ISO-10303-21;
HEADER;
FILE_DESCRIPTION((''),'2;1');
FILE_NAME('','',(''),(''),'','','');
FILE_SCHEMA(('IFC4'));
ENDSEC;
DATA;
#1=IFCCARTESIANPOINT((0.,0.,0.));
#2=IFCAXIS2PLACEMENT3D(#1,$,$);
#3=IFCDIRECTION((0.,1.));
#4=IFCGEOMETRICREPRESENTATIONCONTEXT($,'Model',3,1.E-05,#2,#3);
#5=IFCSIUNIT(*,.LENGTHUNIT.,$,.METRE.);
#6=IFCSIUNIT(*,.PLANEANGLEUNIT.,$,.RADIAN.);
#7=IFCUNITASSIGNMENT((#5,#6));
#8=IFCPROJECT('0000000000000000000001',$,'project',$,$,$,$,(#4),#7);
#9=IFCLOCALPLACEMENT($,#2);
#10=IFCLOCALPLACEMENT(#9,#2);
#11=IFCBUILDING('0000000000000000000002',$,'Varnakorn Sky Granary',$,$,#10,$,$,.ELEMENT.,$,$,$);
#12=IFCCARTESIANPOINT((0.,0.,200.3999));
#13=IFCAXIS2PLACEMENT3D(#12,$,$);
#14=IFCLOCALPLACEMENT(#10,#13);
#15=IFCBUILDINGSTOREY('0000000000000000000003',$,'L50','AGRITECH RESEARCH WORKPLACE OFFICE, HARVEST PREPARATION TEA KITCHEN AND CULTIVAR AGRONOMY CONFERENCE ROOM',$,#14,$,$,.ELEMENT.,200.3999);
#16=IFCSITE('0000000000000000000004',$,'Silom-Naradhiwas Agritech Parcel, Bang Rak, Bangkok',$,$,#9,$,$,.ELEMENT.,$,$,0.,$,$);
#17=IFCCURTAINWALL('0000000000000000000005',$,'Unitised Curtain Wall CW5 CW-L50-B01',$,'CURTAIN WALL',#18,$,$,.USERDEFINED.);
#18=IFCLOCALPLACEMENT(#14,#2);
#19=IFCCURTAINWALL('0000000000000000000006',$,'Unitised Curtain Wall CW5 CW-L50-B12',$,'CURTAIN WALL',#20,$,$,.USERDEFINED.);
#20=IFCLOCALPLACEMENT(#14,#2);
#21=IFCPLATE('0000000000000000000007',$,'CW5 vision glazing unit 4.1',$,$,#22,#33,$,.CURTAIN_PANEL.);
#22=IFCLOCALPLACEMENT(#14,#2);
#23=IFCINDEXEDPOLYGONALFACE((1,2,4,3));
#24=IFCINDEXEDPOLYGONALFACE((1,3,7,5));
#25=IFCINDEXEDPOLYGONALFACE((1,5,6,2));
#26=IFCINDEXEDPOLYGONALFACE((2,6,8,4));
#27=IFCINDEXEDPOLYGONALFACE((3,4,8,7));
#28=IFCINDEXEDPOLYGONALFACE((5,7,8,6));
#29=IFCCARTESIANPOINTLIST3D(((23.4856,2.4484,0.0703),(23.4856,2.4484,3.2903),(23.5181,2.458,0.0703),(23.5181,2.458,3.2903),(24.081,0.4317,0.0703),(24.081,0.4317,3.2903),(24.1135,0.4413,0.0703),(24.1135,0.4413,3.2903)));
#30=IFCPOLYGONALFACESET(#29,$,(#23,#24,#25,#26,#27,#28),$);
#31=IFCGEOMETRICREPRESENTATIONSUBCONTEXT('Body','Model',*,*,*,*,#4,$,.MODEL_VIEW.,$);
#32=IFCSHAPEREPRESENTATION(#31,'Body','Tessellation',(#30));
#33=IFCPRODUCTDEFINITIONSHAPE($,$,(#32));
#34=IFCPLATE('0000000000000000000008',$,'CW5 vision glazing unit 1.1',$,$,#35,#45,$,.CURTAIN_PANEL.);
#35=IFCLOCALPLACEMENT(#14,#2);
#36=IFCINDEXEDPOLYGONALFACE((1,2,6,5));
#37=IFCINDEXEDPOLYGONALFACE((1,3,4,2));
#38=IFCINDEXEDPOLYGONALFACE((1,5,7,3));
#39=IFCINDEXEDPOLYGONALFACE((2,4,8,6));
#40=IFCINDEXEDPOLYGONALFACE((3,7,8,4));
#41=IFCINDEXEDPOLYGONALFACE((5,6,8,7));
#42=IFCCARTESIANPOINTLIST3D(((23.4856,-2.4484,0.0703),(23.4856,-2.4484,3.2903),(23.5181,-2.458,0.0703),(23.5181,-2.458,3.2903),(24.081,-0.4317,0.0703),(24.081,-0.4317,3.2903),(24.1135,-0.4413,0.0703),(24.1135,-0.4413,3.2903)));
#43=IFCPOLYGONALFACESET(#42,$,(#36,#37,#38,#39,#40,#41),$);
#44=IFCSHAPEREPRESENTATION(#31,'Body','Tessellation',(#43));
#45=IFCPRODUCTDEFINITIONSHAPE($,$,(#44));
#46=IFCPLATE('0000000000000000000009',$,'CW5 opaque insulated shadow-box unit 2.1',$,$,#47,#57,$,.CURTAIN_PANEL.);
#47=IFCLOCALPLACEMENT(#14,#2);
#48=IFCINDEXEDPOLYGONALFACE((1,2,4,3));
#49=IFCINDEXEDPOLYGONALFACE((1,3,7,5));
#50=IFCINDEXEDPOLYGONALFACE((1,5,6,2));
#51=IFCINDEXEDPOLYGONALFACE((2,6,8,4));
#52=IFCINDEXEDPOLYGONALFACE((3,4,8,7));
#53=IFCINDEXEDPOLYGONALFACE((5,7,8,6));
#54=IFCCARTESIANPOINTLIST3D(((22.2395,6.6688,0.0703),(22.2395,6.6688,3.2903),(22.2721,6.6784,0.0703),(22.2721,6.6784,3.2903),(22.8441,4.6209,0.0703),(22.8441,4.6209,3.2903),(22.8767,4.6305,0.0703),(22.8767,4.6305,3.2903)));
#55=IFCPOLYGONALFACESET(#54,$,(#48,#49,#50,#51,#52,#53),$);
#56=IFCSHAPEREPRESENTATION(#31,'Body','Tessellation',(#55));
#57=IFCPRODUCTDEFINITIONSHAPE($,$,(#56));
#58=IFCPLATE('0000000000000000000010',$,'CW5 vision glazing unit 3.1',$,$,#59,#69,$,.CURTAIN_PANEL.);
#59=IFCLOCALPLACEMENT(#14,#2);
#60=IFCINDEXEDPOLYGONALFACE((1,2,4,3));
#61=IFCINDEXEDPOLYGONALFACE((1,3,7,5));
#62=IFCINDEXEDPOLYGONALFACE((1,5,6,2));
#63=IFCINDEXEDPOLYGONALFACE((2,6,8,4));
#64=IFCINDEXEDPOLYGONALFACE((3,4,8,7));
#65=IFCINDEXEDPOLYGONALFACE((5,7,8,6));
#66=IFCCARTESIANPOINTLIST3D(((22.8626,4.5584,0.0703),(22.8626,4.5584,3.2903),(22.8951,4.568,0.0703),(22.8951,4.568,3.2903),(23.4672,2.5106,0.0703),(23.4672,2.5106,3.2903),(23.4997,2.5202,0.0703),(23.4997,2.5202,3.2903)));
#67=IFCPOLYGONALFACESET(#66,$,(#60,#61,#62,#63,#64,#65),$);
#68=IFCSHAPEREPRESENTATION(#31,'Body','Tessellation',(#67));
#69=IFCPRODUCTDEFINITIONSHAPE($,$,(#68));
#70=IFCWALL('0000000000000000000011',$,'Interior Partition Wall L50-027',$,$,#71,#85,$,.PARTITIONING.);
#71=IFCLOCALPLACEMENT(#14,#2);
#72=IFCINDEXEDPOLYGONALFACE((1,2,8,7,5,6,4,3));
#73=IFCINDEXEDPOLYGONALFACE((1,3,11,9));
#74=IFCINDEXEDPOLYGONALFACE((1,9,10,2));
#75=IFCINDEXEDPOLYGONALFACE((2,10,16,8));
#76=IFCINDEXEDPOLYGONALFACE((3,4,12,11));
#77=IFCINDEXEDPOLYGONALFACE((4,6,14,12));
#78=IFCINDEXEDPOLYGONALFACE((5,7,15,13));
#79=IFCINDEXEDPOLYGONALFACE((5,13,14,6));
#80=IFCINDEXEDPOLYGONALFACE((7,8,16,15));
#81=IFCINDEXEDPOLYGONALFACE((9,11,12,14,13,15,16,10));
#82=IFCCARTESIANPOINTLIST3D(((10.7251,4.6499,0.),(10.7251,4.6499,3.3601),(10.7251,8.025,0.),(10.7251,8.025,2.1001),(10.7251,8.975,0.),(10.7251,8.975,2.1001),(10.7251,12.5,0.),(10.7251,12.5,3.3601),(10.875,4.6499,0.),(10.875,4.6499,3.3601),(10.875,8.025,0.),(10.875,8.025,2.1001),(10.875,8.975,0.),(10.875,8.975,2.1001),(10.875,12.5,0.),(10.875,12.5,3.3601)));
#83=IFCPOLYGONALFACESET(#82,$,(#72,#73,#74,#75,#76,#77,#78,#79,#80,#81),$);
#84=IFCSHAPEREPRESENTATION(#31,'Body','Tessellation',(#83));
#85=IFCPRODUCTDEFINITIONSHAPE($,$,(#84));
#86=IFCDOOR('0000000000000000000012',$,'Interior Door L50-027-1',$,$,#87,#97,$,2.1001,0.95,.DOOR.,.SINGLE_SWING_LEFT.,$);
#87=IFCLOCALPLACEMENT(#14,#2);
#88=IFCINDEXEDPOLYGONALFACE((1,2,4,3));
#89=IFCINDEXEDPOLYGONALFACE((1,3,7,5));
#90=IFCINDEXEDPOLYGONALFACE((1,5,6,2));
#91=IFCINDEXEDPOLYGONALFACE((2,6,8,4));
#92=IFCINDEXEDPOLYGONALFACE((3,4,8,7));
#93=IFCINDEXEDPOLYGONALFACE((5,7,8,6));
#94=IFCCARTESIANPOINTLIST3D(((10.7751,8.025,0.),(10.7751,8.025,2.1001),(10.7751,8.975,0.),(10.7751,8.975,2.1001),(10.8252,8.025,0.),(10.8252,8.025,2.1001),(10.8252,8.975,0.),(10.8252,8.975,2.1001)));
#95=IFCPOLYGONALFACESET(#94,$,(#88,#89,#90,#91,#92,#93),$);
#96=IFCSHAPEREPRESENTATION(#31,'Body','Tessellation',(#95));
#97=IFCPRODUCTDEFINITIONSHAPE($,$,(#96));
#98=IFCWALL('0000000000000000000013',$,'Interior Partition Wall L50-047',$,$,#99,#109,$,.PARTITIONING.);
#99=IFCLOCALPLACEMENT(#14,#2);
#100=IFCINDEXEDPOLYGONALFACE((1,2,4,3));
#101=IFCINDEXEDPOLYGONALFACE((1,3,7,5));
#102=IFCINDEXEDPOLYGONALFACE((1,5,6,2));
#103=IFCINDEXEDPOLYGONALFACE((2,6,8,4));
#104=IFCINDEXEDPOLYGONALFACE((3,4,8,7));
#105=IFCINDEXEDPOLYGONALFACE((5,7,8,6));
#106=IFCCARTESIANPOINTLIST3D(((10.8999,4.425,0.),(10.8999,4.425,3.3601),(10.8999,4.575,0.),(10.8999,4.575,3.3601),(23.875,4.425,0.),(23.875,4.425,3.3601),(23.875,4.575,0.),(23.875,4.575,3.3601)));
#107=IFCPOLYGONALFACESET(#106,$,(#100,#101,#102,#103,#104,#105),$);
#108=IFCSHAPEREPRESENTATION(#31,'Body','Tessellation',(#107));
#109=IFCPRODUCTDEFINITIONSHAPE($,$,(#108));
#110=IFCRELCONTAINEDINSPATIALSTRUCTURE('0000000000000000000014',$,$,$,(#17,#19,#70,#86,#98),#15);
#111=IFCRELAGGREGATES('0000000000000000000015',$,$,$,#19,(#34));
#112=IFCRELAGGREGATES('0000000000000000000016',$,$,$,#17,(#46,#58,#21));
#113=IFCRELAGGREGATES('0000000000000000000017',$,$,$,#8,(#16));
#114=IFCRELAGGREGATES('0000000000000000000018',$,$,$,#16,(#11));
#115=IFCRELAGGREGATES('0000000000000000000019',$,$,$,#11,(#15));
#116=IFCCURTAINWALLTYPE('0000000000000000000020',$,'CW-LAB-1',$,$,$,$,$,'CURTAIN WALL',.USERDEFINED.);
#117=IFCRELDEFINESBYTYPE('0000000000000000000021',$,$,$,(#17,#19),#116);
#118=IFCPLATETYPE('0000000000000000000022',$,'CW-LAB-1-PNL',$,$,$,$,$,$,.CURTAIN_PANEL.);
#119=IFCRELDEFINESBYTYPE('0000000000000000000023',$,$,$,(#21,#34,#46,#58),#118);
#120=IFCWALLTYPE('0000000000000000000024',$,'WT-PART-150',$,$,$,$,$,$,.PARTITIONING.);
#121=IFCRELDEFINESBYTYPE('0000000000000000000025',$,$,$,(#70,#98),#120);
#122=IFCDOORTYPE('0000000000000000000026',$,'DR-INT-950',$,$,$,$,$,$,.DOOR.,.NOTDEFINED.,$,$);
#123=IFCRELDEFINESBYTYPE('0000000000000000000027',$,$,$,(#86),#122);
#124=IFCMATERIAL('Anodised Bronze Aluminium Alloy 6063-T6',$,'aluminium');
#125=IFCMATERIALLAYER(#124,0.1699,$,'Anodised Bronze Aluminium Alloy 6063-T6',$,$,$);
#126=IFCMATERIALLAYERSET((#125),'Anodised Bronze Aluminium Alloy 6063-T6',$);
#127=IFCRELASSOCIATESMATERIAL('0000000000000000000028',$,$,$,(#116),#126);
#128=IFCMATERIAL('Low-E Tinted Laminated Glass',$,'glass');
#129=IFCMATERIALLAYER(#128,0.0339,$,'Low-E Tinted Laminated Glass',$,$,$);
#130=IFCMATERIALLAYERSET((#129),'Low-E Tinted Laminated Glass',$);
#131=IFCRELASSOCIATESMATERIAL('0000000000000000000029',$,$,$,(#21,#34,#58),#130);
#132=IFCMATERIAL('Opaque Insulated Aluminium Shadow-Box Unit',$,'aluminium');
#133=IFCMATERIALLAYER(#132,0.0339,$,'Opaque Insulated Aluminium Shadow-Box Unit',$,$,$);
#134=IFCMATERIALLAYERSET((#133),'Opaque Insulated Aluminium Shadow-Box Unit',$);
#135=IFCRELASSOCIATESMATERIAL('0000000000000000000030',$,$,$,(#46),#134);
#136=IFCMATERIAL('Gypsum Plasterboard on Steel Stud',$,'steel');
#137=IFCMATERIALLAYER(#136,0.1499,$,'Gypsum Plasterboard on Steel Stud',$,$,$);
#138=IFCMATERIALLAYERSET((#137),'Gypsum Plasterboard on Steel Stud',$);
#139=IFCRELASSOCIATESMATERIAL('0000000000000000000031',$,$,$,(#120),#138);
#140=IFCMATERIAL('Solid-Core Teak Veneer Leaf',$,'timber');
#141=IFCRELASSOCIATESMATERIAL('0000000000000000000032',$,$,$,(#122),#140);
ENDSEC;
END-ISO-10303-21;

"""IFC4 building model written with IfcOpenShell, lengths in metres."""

from ifc_helpers import new_model, si_unit, direction, frame, frame_2d, origin, origin_2d, place, context, subcontext, project, spatial, rectangle, extrude, source, transform, mapped, material, layer, layer_set, type_object, type_shapes, element, fill, aggregate, save


model = new_model("IFC4")

# Units and contexts
model_context = context("Model", 3, precision=1e-05, world=origin(), true_north=direction((0.0, 1.0)))
body_context = subcontext(model_context, "Body", "Model", "MODEL_VIEW")
ifc_project = project(units=[si_unit("LENGTHUNIT", "METRE"), si_unit("PLANEANGLEUNIT", "RADIAN")], contexts=[model_context])

# Site, building, storey
site_placement = place(None, origin())
site = spatial("IfcSite", under=ifc_project, at=site_placement, Name="Silom-Naradhiwas Agritech Parcel, Bang Rak, Bangkok", CompositionType="ELEMENT", RefElevation=0.0)
building_placement = place(site_placement, origin())
building = spatial("IfcBuilding", under=site, at=building_placement, Name="Varnakorn Sky Granary", CompositionType="ELEMENT")
storey_placement = place(building_placement, frame((0.0, 0.0, 200.3999)))
storey = spatial("IfcBuildingStorey", under=building, at=storey_placement, Name="L50", Description="AGRITECH RESEARCH WORKPLACE OFFICE, HARVEST PREPARATION TEA KITCHEN AND CULTIVAR AGRONOMY CONFERENCE ROOM", CompositionType="ELEMENT", Elevation=200.3999)

# Curtain wall
ifc_material_1 = material(Name="Anodised Bronze Aluminium Alloy 6063-T6", Category="aluminium")
ifc_layer_1 = layer(ifc_material_1, 0.1699, Name="Anodised Bronze Aluminium Alloy 6063-T6")
ifc_layer_set_1 = layer_set([ifc_layer_1], Name="Anodised Bronze Aluminium Alloy 6063-T6")
curtain_wall_type = type_object("IfcCurtainWallType", Name="CW-LAB-1", ElementType="CURTAIN WALL", PredefinedType="USERDEFINED", material=ifc_layer_set_1)
curtain_wall_1_placement = place(storey_placement, origin())
curtain_wall_1 = element("IfcCurtainWall", 1, at=curtain_wall_1_placement, inside=storey, type_object=curtain_wall_type, Name="Unitised Curtain Wall CW5 CW-L50-B01", ObjectType="CURTAIN WALL", PredefinedType="USERDEFINED")

# Curtain wall
curtain_wall_2_placement = place(storey_placement, origin())
curtain_wall_2 = element("IfcCurtainWall", 2, at=curtain_wall_2_placement, inside=storey, type_object=curtain_wall_type, Name="Unitised Curtain Wall CW5 CW-L50-B12", ObjectType="CURTAIN WALL", PredefinedType="USERDEFINED")

# Plates
ifc_material_2 = material(Name="Low-E Tinted Laminated Glass", Category="glass")
ifc_layer_2 = layer(ifc_material_2, 0.0339, Name="Low-E Tinted Laminated Glass")
ifc_layer_set_2 = layer_set([ifc_layer_2], Name="Low-E Tinted Laminated Glass")
plate_type = type_object("IfcPlateType", Name="CW-LAB-1-PNL", PredefinedType="CURTAIN_PANEL")
shared_shape_1 = source(origin(), body_context, "Body", "SweptSolid", [
    extrude(rectangle(XDim=2.1028, YDim=0.0339, at=origin_2d()), origin(), (0.0, 0.0, 1.0), 3.22),
])
plate_1_placement = place(storey_placement, frame((23.7996, 1.4448, 0.0703), z_axis=(0.0, 0.0, 1.0), x_axis=(0.283144, -0.959077, 0.0)))
plate_1 = element("IfcPlate", 3, at=plate_1_placement, type_object=plate_type, material=ifc_layer_set_2, Name="CW5 vision glazing unit 4.1", PredefinedType="CURTAIN_PANEL", context=body_context, shape_type="MappedRepresentation", body=[
    mapped(shared_shape_1, transform((0.0, 0.0, 0.0), x_axis=(1.0, 0.0, 0.0), y_axis=(0.0, 1.0, 0.0), z_axis=(0.0, 0.0, 1.0), scale=1.0)),
])
plate_2_placement = place(storey_placement, frame((23.7996, -1.4448, 0.0703), z_axis=(0.0, 0.0, 1.0), x_axis=(-0.283144, -0.959077, 0.0)))
plate_2 = element("IfcPlate", 4, at=plate_2_placement, type_object=plate_type, material=ifc_layer_set_2, Name="CW5 vision glazing unit 1.1", PredefinedType="CURTAIN_PANEL", context=body_context, shape_type="MappedRepresentation", body=[
    mapped(shared_shape_1, transform((0.0, 0.0, 0.0), x_axis=(1.0, 0.0, 0.0), y_axis=(0.0, 1.0, 0.0), z_axis=(0.0, 0.0, 1.0), scale=1.0)),
])
aggregate(curtain_wall_2, [plate_2])
ifc_material_3 = material(Name="Opaque Insulated Aluminium Shadow-Box Unit", Category="aluminium")
ifc_layer_3 = layer(ifc_material_3, 0.0339, Name="Opaque Insulated Aluminium Shadow-Box Unit")
ifc_layer_set_3 = layer_set([ifc_layer_3], Name="Opaque Insulated Aluminium Shadow-Box Unit")
shared_shape_2 = source(origin(), body_context, "Body", "SweptSolid", [
    extrude(rectangle(XDim=2.1353, YDim=0.0339, at=origin_2d()), origin(), (0.0, 0.0, 1.0), 3.22),
])
type_shapes(plate_type, [shared_shape_1, shared_shape_2])
plate_3_placement = place(storey_placement, frame((22.5581, 5.6497, 0.0703), z_axis=(0.0, 0.0, 1.0), x_axis=(0.283144, -0.959077, 0.0)))
plate_3 = element("IfcPlate", 5, at=plate_3_placement, type_object=plate_type, material=ifc_layer_set_3, Name="CW5 opaque insulated shadow-box unit 2.1", PredefinedType="CURTAIN_PANEL", context=body_context, shape_type="MappedRepresentation", body=[
    mapped(shared_shape_2, transform((0.0, 0.0, 0.0), x_axis=(1.0, 0.0, 0.0), y_axis=(0.0, 1.0, 0.0), z_axis=(0.0, 0.0, 1.0), scale=1.0)),
])
plate_4_placement = place(storey_placement, frame((23.1812, 3.5393, 0.0703), z_axis=(0.0, 0.0, 1.0), x_axis=(0.283144, -0.959077, 0.0)))
plate_4 = element("IfcPlate", 6, at=plate_4_placement, type_object=plate_type, material=ifc_layer_set_2, Name="CW5 vision glazing unit 3.1", PredefinedType="CURTAIN_PANEL", context=body_context, shape_type="MappedRepresentation", body=[
    mapped(shared_shape_2, transform((0.0, 0.0, 0.0), x_axis=(1.0, 0.0, 0.0), y_axis=(0.0, 1.0, 0.0), z_axis=(0.0, 0.0, 1.0), scale=1.0)),
])
aggregate(curtain_wall_1, [plate_3, plate_4, plate_1])

# Wall, opening, door
ifc_material_4 = material(Name="Gypsum Plasterboard on Steel Stud", Category="steel")
ifc_layer_4 = layer(ifc_material_4, 0.1499, Name="Gypsum Plasterboard on Steel Stud")
ifc_layer_set_4 = layer_set([ifc_layer_4], Name="Gypsum Plasterboard on Steel Stud")
wall_type = type_object("IfcWallType", Name="WT-PART-150", PredefinedType="PARTITIONING", material=ifc_layer_set_4)
wall_1_placement = place(storey_placement, frame((10.8, 4.6499, 0.0), z_axis=(0.0, 0.0, 1.0), x_axis=(0.0, 1.0, 0.0)))
wall_1 = element("IfcWall", 7, at=wall_1_placement, inside=storey, type_object=wall_type, Name="Interior Partition Wall L50-027", PredefinedType="PARTITIONING", context=body_context, shape_type="SweptSolid", body=[
    extrude(rectangle(XDim=7.8501, YDim=0.1499, at=frame_2d((3.925, 0.0))), origin(), (0.0, 0.0, 1.0), 3.3601),
])
opening_placement = place(wall_1_placement, frame((3.375, 0.0, 0.0)))
opening = element("IfcOpeningElement", 8, at=opening_placement, cuts=wall_1, PredefinedType="OPENING", context=body_context, shape_type="SweptSolid", body=[
    extrude(rectangle(XDim=0.95, YDim=2.1001, at=frame_2d((0.4751, 1.05))), frame((0.0, 0.085, 0.0), z_axis=(0.0, -1.0, 0.0), x_axis=(1.0, 0.0, 0.0)), (0.0, 0.0, 1.0), 0.1699),
])
ifc_material_5 = material(Name="Solid-Core Teak Veneer Leaf", Category="timber")
door_type = type_object("IfcDoorType", Name="DR-INT-950", OperationType="NOTDEFINED", PredefinedType="DOOR", material=ifc_material_5)
door_placement = place(opening_placement, origin())
door = element("IfcDoor", 9, at=door_placement, inside=storey, type_object=door_type, Name="Interior Door L50-027-1", OperationType="SINGLE_SWING_LEFT", OverallHeight=2.1001, OverallWidth=0.95, PredefinedType="DOOR", context=body_context, shape_type="SweptSolid", body=[
    extrude(rectangle(XDim=0.95, YDim=2.1001, at=frame_2d((0.4751, 1.05))), frame((0.0, 0.0249, 0.0), z_axis=(0.0, -1.0, 0.0), x_axis=(1.0, 0.0, 0.0)), (0.0, 0.0, 1.0), 0.05),
])
fill(opening, door)

# Wall
wall_2_placement = place(storey_placement, frame((10.8999, 4.5, 0.0), z_axis=(0.0, 0.0, 1.0), x_axis=(1.0, 0.0, 0.0)))
element("IfcWall", 10, at=wall_2_placement, inside=storey, type_object=wall_type, Name="Interior Partition Wall L50-047", PredefinedType="PARTITIONING", context=body_context, shape_type="SweptSolid", body=[
    extrude(rectangle(XDim=12.9751, YDim=0.1499, at=frame_2d((6.4875, 0.0))), origin(), (0.0, 0.0, 1.0), 3.3601),
])

save(model, "model.ifc")
